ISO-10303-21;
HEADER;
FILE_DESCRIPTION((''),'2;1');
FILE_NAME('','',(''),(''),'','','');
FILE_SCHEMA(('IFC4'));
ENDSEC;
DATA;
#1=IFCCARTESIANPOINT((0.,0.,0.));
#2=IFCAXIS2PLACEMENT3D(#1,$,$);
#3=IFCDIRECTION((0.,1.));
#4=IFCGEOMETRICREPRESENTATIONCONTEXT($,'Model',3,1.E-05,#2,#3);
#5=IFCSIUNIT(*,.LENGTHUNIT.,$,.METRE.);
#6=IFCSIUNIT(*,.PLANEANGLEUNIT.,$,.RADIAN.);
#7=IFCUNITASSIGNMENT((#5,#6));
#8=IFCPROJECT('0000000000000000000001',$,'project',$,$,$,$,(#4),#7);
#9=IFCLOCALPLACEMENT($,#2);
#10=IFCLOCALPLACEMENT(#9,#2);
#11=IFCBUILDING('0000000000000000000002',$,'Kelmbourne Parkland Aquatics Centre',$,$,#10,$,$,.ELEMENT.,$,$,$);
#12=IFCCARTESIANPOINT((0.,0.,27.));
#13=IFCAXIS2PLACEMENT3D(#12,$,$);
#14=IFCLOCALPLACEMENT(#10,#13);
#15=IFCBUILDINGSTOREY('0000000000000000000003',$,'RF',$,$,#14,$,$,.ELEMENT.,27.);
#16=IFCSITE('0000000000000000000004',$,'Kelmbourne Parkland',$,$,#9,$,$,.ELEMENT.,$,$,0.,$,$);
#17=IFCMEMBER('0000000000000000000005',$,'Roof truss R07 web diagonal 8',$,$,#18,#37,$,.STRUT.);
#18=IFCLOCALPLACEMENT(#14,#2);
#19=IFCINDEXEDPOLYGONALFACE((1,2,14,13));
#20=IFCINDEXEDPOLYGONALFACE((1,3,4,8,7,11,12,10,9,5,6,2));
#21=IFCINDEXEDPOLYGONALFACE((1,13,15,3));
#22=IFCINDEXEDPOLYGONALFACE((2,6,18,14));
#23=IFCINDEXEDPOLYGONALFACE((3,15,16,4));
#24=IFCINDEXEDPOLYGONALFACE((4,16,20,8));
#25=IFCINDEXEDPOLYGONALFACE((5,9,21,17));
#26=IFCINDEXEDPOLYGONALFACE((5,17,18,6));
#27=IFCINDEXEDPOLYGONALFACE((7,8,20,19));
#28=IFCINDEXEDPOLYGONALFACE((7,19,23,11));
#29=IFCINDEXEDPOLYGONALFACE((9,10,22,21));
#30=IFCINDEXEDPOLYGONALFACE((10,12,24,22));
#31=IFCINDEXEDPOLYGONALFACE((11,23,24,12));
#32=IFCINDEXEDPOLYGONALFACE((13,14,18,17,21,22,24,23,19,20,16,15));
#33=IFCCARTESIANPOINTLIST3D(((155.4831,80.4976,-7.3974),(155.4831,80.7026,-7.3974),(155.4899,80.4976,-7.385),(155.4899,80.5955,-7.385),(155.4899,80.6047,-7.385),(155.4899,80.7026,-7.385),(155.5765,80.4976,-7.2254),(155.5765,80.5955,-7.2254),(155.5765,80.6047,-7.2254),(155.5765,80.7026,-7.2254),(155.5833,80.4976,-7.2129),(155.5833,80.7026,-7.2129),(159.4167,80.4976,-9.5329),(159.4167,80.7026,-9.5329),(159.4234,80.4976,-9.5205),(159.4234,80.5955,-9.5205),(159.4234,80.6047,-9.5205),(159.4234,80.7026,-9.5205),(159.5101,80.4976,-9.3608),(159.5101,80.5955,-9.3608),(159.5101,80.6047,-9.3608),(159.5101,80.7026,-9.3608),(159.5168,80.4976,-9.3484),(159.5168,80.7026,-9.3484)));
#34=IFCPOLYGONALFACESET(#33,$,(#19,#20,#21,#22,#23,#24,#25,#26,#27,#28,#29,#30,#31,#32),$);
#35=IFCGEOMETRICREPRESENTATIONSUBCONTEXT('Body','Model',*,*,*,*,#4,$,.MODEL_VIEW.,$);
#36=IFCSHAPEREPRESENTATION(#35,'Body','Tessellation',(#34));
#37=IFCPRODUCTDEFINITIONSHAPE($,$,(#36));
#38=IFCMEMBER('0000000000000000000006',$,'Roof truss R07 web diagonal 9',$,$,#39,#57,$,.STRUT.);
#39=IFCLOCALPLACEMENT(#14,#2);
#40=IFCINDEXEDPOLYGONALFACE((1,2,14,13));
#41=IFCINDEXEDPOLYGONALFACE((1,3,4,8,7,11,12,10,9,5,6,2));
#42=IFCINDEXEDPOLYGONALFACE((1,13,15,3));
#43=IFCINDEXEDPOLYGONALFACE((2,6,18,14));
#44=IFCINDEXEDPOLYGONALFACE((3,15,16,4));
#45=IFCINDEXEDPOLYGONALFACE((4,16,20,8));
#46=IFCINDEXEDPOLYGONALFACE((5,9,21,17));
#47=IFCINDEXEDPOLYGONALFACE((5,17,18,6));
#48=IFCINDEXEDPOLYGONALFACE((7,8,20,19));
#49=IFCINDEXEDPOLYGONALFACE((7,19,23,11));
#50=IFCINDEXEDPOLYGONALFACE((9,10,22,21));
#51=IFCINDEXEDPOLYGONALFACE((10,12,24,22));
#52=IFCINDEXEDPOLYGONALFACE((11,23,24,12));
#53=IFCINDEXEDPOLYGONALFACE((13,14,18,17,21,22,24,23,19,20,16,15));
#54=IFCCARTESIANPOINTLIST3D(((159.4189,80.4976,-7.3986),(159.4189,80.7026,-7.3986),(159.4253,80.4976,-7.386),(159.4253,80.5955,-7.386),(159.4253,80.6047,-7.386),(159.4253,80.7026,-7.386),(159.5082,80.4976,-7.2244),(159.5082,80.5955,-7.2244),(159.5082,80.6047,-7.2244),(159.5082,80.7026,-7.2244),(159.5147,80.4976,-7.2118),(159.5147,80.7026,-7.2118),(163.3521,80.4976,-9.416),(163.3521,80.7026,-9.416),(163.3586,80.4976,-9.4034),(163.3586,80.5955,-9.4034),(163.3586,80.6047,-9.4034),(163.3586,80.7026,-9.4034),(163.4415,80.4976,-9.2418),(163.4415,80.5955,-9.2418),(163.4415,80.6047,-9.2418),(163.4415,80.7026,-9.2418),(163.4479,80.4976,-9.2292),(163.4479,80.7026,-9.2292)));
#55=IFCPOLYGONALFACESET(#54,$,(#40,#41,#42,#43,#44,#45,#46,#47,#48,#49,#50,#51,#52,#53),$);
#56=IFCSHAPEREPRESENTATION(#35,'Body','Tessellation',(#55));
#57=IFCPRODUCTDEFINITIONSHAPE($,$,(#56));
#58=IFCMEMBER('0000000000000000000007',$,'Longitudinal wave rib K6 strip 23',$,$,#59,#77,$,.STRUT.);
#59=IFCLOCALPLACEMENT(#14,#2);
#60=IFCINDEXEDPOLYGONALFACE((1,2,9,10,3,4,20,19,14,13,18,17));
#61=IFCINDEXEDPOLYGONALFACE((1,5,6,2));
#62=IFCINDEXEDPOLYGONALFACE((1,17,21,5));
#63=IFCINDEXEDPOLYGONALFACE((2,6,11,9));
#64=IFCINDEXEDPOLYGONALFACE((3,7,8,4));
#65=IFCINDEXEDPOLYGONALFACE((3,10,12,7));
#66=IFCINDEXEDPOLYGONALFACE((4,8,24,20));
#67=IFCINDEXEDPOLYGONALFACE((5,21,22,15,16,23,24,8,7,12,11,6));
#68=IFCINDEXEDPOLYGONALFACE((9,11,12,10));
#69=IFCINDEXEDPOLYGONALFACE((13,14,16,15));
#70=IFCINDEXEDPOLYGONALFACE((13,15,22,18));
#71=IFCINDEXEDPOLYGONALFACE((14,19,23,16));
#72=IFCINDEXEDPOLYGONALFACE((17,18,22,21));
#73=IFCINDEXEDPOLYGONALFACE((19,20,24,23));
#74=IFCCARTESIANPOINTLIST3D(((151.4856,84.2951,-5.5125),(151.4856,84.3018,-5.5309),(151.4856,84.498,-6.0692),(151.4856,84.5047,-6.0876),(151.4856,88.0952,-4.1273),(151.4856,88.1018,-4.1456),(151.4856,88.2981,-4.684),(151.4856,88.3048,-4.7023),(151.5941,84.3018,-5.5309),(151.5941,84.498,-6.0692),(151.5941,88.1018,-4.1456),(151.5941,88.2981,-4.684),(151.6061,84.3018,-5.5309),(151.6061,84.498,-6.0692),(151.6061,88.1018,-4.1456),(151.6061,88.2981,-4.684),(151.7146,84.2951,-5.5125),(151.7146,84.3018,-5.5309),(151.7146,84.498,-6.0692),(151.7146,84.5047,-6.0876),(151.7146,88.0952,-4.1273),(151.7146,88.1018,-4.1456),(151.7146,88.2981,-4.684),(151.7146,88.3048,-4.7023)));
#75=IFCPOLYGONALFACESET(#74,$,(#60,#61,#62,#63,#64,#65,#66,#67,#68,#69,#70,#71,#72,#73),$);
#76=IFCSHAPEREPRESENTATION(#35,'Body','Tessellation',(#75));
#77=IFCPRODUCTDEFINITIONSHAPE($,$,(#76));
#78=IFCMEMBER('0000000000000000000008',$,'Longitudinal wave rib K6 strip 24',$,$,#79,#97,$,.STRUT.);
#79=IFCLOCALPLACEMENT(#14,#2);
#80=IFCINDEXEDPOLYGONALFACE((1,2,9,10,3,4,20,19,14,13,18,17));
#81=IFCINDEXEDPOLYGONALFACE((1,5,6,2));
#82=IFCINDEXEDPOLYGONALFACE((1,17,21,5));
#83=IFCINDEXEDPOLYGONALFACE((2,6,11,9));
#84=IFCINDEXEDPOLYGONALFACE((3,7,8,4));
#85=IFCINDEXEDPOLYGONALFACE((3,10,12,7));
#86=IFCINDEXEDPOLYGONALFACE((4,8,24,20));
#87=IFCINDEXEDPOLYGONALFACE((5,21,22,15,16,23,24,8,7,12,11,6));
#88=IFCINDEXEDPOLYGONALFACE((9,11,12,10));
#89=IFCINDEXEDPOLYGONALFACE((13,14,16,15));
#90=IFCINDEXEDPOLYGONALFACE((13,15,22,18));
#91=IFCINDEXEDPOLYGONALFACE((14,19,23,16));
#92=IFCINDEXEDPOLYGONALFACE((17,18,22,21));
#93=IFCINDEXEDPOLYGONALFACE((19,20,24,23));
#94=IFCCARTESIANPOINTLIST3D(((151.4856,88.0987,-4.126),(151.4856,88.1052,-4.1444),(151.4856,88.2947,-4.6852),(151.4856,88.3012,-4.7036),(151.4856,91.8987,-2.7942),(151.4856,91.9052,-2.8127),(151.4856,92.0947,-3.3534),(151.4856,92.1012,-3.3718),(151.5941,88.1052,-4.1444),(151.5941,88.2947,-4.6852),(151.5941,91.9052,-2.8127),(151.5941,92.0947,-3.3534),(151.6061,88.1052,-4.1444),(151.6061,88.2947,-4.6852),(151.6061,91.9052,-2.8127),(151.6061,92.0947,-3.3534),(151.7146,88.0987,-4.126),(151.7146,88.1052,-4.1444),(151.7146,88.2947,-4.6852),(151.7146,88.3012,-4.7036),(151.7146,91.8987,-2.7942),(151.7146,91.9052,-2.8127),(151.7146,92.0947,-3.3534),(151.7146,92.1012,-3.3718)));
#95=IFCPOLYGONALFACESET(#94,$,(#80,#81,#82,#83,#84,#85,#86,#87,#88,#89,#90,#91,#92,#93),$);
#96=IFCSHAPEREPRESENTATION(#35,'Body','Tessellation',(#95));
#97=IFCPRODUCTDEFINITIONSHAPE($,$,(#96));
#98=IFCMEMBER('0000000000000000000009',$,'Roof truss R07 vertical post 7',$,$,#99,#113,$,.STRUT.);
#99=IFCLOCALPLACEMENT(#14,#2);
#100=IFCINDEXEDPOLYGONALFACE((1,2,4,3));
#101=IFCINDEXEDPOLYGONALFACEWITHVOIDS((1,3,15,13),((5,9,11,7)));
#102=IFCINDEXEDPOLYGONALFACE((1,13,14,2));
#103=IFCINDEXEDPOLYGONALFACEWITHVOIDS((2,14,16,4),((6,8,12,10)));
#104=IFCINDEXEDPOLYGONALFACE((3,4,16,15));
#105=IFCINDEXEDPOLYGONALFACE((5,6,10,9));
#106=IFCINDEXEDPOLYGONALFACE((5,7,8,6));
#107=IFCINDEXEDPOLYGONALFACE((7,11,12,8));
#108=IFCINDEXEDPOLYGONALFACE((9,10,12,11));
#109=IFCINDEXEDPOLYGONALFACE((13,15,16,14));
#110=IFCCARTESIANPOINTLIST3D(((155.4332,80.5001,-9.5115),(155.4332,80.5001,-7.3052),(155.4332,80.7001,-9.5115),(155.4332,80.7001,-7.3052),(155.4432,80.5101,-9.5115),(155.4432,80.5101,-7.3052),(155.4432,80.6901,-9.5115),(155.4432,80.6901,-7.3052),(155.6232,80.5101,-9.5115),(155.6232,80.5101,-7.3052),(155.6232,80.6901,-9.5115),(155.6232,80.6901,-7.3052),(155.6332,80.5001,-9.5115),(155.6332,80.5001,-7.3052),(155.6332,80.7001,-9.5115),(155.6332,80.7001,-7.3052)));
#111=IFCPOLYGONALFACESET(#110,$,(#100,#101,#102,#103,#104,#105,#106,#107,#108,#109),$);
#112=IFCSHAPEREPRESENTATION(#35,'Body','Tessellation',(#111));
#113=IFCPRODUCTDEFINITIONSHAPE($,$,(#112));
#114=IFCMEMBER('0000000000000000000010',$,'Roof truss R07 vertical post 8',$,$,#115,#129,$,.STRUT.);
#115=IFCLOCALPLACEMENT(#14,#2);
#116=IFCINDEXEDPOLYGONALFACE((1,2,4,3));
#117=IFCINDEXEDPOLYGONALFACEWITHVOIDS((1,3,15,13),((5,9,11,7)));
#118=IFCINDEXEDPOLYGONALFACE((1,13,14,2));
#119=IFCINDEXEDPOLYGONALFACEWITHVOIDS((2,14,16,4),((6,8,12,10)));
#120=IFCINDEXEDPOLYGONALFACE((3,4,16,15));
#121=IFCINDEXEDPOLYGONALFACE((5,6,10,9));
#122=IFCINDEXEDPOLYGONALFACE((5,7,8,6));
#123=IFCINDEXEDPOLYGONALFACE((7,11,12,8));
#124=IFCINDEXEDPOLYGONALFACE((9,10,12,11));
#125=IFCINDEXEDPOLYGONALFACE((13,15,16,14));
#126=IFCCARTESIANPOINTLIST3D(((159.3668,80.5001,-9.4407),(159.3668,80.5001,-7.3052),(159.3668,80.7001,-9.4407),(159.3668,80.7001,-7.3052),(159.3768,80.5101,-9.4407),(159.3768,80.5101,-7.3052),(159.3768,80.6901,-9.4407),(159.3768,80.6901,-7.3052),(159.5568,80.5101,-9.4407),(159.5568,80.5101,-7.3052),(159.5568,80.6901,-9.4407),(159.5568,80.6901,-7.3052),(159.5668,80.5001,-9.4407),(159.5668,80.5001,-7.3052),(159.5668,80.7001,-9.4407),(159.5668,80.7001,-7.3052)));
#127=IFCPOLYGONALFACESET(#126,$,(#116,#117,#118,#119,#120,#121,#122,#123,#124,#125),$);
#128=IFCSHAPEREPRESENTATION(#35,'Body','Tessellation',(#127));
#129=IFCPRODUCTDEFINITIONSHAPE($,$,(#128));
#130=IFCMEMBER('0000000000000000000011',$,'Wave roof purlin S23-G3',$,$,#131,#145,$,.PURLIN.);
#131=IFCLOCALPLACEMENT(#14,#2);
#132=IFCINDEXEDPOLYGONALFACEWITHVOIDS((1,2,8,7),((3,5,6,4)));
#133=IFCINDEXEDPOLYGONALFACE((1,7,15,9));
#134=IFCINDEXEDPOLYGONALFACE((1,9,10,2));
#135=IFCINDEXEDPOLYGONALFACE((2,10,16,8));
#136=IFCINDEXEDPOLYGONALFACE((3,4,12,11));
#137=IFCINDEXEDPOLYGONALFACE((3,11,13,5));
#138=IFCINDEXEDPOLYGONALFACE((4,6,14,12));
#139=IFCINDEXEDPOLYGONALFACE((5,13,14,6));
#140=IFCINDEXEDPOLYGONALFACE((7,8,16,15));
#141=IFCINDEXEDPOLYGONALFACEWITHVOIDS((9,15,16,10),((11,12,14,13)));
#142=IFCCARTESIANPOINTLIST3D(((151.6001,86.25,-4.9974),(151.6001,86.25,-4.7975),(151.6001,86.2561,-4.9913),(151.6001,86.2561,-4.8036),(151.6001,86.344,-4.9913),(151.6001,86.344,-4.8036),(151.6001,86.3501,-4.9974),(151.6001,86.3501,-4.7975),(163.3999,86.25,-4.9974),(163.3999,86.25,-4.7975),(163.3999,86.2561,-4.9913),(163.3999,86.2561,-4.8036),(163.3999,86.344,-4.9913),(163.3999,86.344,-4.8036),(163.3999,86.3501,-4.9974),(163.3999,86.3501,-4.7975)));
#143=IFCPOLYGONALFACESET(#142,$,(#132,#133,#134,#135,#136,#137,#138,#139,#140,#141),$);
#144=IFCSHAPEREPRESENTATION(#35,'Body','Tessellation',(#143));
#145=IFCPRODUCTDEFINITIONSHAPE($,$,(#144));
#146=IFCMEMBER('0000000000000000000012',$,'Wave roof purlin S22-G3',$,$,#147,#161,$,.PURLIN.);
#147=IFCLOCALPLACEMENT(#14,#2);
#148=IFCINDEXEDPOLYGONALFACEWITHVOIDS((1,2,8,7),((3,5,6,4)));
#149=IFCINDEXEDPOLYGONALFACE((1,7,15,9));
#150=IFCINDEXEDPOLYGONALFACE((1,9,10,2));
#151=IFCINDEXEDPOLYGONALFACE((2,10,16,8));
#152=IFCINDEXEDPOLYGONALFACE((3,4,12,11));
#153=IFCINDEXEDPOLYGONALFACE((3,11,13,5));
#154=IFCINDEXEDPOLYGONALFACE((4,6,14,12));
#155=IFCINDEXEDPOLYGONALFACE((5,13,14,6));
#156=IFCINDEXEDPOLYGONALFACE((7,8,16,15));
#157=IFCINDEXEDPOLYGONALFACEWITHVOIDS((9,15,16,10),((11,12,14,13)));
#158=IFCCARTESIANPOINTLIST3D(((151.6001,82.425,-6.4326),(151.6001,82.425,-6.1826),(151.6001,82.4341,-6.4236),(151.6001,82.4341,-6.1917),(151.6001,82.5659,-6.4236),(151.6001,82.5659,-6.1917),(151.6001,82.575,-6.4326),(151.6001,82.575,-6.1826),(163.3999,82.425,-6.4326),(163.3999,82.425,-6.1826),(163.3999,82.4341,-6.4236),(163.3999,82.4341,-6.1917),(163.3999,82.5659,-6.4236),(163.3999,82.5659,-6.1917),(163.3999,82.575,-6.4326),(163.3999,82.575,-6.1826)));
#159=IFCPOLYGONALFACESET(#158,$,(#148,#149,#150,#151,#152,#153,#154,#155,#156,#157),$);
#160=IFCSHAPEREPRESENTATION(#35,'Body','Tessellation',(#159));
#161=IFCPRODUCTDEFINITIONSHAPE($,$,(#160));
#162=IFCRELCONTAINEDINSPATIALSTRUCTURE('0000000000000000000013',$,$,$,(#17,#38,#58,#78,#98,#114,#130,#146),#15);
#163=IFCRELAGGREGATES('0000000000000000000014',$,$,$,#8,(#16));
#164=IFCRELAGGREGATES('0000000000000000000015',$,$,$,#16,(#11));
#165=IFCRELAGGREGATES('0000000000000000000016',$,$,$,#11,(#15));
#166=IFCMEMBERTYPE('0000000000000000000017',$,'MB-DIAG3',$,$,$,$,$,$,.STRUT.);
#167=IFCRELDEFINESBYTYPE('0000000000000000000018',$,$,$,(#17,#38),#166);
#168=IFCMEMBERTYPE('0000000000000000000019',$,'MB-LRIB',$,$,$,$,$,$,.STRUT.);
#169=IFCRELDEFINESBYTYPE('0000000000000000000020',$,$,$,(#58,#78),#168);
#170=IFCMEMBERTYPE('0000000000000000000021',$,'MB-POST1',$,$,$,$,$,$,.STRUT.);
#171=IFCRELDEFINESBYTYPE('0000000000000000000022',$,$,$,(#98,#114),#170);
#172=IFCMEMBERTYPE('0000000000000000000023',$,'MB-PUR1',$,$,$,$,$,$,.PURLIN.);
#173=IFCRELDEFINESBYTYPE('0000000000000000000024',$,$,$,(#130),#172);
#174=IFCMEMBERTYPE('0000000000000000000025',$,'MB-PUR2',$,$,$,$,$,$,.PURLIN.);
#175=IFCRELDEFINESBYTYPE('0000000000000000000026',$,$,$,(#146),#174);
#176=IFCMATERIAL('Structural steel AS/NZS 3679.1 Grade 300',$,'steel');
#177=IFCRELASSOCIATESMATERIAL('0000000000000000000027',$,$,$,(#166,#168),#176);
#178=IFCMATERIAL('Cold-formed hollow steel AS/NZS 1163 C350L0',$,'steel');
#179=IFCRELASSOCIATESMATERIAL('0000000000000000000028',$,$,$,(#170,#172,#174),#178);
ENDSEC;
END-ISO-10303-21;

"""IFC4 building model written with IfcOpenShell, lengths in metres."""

from ifc_helpers import new_model, si_unit, direction, frame, origin, origin_2d, place, context, subcontext, project, spatial, hollow_rectangle, i_section, extrude, material, material_profile, profile_set, type_object, element, save


model = new_model("IFC4")

# Units and contexts
model_context = context("Model", 3, precision=1e-05, world=origin(), true_north=direction((0.0, 1.0)))
body_context = subcontext(model_context, "Body", "Model", "MODEL_VIEW")
ifc_project = project(units=[si_unit("LENGTHUNIT", "METRE"), si_unit("PLANEANGLEUNIT", "RADIAN")], contexts=[model_context])

# Site, building, storey
site_placement = place(None, origin())
site = spatial("IfcSite", under=ifc_project, at=site_placement, Name="Kelmbourne Parkland", CompositionType="ELEMENT", RefElevation=0.0)
building_placement = place(site_placement, origin())
building = spatial("IfcBuilding", under=site, at=building_placement, Name="Kelmbourne Parkland Aquatics Centre", CompositionType="ELEMENT")
storey_placement = place(building_placement, frame((0.0, 0.0, 27.0)))
storey = spatial("IfcBuildingStorey", under=building, at=storey_placement, Name="RF", CompositionType="ELEMENT", Elevation=27.0)

# Members
ifc_material_1 = material(Name="Structural steel AS/NZS 3679.1 Grade 300", Category="steel")
ifc_material_profile_1 = material_profile(ifc_material_1, i_section(OverallWidth=0.2051, OverallDepth=0.21, WebThickness=0.0093, FlangeThickness=0.0142, at=origin_2d()), Name="200UC59.5")
ifc_profile_set_1 = profile_set([ifc_material_profile_1], Name="Structural steel AS/NZS 3679.1 Grade 300")
member_type_1 = type_object("IfcMemberType", Name="MB-DIAG3", PredefinedType="STRUT", material=ifc_profile_set_1)
member_1_placement = place(storey_placement, frame((155.5332, 80.6001, -7.3052), z_axis=(0.878842, 0.0, -0.477112), x_axis=(0.0, 1.0, 0.0)))
element("IfcMember", 1, at=member_1_placement, inside=storey, type_object=member_type_1, Name="Roof truss R07 web diagonal 8", PredefinedType="STRUT", context=body_context, shape_type="SweptSolid", body=[
    extrude(i_section(OverallWidth=0.2051, OverallDepth=0.21, WebThickness=0.0093, FlangeThickness=0.0142, at=origin_2d()), origin(), (0.0, 0.0, 1.0), 4.4758),
])
member_2_placement = place(storey_placement, frame((159.4668, 80.6001, -7.3052), z_axis=(0.889785, 0.0, -0.456381), x_axis=(0.0, 1.0, 0.0)))
element("IfcMember", 2, at=member_2_placement, inside=storey, type_object=member_type_1, Name="Roof truss R07 web diagonal 9", PredefinedType="STRUT", context=body_context, shape_type="SweptSolid", body=[
    extrude(i_section(OverallWidth=0.2051, OverallDepth=0.21, WebThickness=0.0093, FlangeThickness=0.0142, at=origin_2d()), origin(), (0.0, 0.0, 1.0), 4.4204),
])
ifc_material_profile_2 = material_profile(ifc_material_1, i_section(OverallWidth=0.229, OverallDepth=0.6121, WebThickness=0.012, FlangeThickness=0.0195, at=origin_2d()), Name="610UB125")
ifc_profile_set_2 = profile_set([ifc_material_profile_2], Name="Structural steel AS/NZS 3679.1 Grade 300")
member_type_2 = type_object("IfcMemberType", Name="MB-LRIB", PredefinedType="STRUT", material=ifc_profile_set_2)
member_3_placement = place(storey_placement, frame((151.6001, 84.3999, -5.8), z_axis=(0.0, 0.939522, 0.342489), x_axis=(-1.0, 0.0, 0.0)))
element("IfcMember", 3, at=member_3_placement, inside=storey, type_object=member_type_2, Name="Longitudinal wave rib K6 strip 23", PredefinedType="STRUT", context=body_context, shape_type="SweptSolid", body=[
    extrude(i_section(OverallWidth=0.229, OverallDepth=0.6121, WebThickness=0.012, FlangeThickness=0.0195, at=origin_2d()), origin(), (0.0, 0.0, 1.0), 4.0447),
])
member_4_placement = place(storey_placement, frame((151.6001, 88.2, -4.4148), z_axis=(0.0, 0.943721, 0.330742), x_axis=(-1.0, 0.0, 0.0)))
element("IfcMember", 4, at=member_4_placement, inside=storey, type_object=member_type_2, Name="Longitudinal wave rib K6 strip 24", PredefinedType="STRUT", context=body_context, shape_type="SweptSolid", body=[
    extrude(i_section(OverallWidth=0.229, OverallDepth=0.6121, WebThickness=0.012, FlangeThickness=0.0195, at=origin_2d()), origin(), (0.0, 0.0, 1.0), 4.0266),
])
ifc_material_2 = material(Name="Cold-formed hollow steel AS/NZS 1163 C350L0", Category="steel")
ifc_material_profile_3 = material_profile(ifc_material_2, hollow_rectangle(XDim=0.2, YDim=0.2, WallThickness=0.01, at=origin_2d()), Name="SHS 200x200x10.0")
ifc_profile_set_3 = profile_set([ifc_material_profile_3], Name="Cold-formed hollow steel AS/NZS 1163 C350L0")
member_type_3 = type_object("IfcMemberType", Name="MB-POST1", PredefinedType="STRUT", material=ifc_profile_set_3)
member_5_placement = place(storey_placement, frame((155.5332, 80.6001, -9.5115), z_axis=(0.0, 0.0, 1.0), x_axis=(1.0, 0.0, 0.0)))
element("IfcMember", 5, at=member_5_placement, inside=storey, type_object=member_type_3, Name="Roof truss R07 vertical post 7", PredefinedType="STRUT", context=body_context, shape_type="SweptSolid", body=[
    extrude(hollow_rectangle(XDim=0.2, YDim=0.2, WallThickness=0.01, at=origin_2d()), origin(), (0.0, 0.0, 1.0), 2.2063),
])
member_6_placement = place(storey_placement, frame((159.4668, 80.6001, -9.4407), z_axis=(0.0, 0.0, 1.0), x_axis=(1.0, 0.0, 0.0)))
element("IfcMember", 6, at=member_6_placement, inside=storey, type_object=member_type_3, Name="Roof truss R07 vertical post 8", PredefinedType="STRUT", context=body_context, shape_type="SweptSolid", body=[
    extrude(hollow_rectangle(XDim=0.2, YDim=0.2, WallThickness=0.01, at=origin_2d()), origin(), (0.0, 0.0, 1.0), 2.1355),
])
ifc_material_profile_4 = material_profile(ifc_material_2, hollow_rectangle(XDim=0.1001, YDim=0.2, WallThickness=0.0061, at=origin_2d()), Name="RHS 200x100x6.0")
ifc_profile_set_4 = profile_set([ifc_material_profile_4], Name="Cold-formed hollow steel AS/NZS 1163 C350L0")
member_type_4 = type_object("IfcMemberType", Name="MB-PUR1", PredefinedType="PURLIN", material=ifc_profile_set_4)
member_7_placement = place(storey_placement, frame((151.6001, 86.3, -4.8975), z_axis=(1.0, 0.0, 0.0), x_axis=(0.0, 1.0, 0.0)))
element("IfcMember", 7, at=member_7_placement, inside=storey, type_object=member_type_4, Name="Wave roof purlin S23-G3", PredefinedType="PURLIN", context=body_context, shape_type="SweptSolid", body=[
    extrude(hollow_rectangle(XDim=0.1001, YDim=0.2, WallThickness=0.0061, at=origin_2d()), origin(), (0.0, 0.0, 1.0), 11.7998),
])
ifc_material_profile_5 = material_profile(ifc_material_2, hollow_rectangle(XDim=0.1499, YDim=0.25, WallThickness=0.009, at=origin_2d()), Name="RHS 250x150x9.0")
ifc_profile_set_5 = profile_set([ifc_material_profile_5], Name="Cold-formed hollow steel AS/NZS 1163 C350L0")
member_type_5 = type_object("IfcMemberType", Name="MB-PUR2", PredefinedType="PURLIN", material=ifc_profile_set_5)
member_8_placement = place(storey_placement, frame((151.6001, 82.5, -6.3076), z_axis=(1.0, 0.0, 0.0), x_axis=(0.0, 1.0, 0.0)))
element("IfcMember", 8, at=member_8_placement, inside=storey, type_object=member_type_5, Name="Wave roof purlin S22-G3", PredefinedType="PURLIN", context=body_context, shape_type="SweptSolid", body=[
    extrude(hollow_rectangle(XDim=0.1499, YDim=0.25, WallThickness=0.009, at=origin_2d()), origin(), (0.0, 0.0, 1.0), 11.7998),
])

save(model, "model.ifc")
